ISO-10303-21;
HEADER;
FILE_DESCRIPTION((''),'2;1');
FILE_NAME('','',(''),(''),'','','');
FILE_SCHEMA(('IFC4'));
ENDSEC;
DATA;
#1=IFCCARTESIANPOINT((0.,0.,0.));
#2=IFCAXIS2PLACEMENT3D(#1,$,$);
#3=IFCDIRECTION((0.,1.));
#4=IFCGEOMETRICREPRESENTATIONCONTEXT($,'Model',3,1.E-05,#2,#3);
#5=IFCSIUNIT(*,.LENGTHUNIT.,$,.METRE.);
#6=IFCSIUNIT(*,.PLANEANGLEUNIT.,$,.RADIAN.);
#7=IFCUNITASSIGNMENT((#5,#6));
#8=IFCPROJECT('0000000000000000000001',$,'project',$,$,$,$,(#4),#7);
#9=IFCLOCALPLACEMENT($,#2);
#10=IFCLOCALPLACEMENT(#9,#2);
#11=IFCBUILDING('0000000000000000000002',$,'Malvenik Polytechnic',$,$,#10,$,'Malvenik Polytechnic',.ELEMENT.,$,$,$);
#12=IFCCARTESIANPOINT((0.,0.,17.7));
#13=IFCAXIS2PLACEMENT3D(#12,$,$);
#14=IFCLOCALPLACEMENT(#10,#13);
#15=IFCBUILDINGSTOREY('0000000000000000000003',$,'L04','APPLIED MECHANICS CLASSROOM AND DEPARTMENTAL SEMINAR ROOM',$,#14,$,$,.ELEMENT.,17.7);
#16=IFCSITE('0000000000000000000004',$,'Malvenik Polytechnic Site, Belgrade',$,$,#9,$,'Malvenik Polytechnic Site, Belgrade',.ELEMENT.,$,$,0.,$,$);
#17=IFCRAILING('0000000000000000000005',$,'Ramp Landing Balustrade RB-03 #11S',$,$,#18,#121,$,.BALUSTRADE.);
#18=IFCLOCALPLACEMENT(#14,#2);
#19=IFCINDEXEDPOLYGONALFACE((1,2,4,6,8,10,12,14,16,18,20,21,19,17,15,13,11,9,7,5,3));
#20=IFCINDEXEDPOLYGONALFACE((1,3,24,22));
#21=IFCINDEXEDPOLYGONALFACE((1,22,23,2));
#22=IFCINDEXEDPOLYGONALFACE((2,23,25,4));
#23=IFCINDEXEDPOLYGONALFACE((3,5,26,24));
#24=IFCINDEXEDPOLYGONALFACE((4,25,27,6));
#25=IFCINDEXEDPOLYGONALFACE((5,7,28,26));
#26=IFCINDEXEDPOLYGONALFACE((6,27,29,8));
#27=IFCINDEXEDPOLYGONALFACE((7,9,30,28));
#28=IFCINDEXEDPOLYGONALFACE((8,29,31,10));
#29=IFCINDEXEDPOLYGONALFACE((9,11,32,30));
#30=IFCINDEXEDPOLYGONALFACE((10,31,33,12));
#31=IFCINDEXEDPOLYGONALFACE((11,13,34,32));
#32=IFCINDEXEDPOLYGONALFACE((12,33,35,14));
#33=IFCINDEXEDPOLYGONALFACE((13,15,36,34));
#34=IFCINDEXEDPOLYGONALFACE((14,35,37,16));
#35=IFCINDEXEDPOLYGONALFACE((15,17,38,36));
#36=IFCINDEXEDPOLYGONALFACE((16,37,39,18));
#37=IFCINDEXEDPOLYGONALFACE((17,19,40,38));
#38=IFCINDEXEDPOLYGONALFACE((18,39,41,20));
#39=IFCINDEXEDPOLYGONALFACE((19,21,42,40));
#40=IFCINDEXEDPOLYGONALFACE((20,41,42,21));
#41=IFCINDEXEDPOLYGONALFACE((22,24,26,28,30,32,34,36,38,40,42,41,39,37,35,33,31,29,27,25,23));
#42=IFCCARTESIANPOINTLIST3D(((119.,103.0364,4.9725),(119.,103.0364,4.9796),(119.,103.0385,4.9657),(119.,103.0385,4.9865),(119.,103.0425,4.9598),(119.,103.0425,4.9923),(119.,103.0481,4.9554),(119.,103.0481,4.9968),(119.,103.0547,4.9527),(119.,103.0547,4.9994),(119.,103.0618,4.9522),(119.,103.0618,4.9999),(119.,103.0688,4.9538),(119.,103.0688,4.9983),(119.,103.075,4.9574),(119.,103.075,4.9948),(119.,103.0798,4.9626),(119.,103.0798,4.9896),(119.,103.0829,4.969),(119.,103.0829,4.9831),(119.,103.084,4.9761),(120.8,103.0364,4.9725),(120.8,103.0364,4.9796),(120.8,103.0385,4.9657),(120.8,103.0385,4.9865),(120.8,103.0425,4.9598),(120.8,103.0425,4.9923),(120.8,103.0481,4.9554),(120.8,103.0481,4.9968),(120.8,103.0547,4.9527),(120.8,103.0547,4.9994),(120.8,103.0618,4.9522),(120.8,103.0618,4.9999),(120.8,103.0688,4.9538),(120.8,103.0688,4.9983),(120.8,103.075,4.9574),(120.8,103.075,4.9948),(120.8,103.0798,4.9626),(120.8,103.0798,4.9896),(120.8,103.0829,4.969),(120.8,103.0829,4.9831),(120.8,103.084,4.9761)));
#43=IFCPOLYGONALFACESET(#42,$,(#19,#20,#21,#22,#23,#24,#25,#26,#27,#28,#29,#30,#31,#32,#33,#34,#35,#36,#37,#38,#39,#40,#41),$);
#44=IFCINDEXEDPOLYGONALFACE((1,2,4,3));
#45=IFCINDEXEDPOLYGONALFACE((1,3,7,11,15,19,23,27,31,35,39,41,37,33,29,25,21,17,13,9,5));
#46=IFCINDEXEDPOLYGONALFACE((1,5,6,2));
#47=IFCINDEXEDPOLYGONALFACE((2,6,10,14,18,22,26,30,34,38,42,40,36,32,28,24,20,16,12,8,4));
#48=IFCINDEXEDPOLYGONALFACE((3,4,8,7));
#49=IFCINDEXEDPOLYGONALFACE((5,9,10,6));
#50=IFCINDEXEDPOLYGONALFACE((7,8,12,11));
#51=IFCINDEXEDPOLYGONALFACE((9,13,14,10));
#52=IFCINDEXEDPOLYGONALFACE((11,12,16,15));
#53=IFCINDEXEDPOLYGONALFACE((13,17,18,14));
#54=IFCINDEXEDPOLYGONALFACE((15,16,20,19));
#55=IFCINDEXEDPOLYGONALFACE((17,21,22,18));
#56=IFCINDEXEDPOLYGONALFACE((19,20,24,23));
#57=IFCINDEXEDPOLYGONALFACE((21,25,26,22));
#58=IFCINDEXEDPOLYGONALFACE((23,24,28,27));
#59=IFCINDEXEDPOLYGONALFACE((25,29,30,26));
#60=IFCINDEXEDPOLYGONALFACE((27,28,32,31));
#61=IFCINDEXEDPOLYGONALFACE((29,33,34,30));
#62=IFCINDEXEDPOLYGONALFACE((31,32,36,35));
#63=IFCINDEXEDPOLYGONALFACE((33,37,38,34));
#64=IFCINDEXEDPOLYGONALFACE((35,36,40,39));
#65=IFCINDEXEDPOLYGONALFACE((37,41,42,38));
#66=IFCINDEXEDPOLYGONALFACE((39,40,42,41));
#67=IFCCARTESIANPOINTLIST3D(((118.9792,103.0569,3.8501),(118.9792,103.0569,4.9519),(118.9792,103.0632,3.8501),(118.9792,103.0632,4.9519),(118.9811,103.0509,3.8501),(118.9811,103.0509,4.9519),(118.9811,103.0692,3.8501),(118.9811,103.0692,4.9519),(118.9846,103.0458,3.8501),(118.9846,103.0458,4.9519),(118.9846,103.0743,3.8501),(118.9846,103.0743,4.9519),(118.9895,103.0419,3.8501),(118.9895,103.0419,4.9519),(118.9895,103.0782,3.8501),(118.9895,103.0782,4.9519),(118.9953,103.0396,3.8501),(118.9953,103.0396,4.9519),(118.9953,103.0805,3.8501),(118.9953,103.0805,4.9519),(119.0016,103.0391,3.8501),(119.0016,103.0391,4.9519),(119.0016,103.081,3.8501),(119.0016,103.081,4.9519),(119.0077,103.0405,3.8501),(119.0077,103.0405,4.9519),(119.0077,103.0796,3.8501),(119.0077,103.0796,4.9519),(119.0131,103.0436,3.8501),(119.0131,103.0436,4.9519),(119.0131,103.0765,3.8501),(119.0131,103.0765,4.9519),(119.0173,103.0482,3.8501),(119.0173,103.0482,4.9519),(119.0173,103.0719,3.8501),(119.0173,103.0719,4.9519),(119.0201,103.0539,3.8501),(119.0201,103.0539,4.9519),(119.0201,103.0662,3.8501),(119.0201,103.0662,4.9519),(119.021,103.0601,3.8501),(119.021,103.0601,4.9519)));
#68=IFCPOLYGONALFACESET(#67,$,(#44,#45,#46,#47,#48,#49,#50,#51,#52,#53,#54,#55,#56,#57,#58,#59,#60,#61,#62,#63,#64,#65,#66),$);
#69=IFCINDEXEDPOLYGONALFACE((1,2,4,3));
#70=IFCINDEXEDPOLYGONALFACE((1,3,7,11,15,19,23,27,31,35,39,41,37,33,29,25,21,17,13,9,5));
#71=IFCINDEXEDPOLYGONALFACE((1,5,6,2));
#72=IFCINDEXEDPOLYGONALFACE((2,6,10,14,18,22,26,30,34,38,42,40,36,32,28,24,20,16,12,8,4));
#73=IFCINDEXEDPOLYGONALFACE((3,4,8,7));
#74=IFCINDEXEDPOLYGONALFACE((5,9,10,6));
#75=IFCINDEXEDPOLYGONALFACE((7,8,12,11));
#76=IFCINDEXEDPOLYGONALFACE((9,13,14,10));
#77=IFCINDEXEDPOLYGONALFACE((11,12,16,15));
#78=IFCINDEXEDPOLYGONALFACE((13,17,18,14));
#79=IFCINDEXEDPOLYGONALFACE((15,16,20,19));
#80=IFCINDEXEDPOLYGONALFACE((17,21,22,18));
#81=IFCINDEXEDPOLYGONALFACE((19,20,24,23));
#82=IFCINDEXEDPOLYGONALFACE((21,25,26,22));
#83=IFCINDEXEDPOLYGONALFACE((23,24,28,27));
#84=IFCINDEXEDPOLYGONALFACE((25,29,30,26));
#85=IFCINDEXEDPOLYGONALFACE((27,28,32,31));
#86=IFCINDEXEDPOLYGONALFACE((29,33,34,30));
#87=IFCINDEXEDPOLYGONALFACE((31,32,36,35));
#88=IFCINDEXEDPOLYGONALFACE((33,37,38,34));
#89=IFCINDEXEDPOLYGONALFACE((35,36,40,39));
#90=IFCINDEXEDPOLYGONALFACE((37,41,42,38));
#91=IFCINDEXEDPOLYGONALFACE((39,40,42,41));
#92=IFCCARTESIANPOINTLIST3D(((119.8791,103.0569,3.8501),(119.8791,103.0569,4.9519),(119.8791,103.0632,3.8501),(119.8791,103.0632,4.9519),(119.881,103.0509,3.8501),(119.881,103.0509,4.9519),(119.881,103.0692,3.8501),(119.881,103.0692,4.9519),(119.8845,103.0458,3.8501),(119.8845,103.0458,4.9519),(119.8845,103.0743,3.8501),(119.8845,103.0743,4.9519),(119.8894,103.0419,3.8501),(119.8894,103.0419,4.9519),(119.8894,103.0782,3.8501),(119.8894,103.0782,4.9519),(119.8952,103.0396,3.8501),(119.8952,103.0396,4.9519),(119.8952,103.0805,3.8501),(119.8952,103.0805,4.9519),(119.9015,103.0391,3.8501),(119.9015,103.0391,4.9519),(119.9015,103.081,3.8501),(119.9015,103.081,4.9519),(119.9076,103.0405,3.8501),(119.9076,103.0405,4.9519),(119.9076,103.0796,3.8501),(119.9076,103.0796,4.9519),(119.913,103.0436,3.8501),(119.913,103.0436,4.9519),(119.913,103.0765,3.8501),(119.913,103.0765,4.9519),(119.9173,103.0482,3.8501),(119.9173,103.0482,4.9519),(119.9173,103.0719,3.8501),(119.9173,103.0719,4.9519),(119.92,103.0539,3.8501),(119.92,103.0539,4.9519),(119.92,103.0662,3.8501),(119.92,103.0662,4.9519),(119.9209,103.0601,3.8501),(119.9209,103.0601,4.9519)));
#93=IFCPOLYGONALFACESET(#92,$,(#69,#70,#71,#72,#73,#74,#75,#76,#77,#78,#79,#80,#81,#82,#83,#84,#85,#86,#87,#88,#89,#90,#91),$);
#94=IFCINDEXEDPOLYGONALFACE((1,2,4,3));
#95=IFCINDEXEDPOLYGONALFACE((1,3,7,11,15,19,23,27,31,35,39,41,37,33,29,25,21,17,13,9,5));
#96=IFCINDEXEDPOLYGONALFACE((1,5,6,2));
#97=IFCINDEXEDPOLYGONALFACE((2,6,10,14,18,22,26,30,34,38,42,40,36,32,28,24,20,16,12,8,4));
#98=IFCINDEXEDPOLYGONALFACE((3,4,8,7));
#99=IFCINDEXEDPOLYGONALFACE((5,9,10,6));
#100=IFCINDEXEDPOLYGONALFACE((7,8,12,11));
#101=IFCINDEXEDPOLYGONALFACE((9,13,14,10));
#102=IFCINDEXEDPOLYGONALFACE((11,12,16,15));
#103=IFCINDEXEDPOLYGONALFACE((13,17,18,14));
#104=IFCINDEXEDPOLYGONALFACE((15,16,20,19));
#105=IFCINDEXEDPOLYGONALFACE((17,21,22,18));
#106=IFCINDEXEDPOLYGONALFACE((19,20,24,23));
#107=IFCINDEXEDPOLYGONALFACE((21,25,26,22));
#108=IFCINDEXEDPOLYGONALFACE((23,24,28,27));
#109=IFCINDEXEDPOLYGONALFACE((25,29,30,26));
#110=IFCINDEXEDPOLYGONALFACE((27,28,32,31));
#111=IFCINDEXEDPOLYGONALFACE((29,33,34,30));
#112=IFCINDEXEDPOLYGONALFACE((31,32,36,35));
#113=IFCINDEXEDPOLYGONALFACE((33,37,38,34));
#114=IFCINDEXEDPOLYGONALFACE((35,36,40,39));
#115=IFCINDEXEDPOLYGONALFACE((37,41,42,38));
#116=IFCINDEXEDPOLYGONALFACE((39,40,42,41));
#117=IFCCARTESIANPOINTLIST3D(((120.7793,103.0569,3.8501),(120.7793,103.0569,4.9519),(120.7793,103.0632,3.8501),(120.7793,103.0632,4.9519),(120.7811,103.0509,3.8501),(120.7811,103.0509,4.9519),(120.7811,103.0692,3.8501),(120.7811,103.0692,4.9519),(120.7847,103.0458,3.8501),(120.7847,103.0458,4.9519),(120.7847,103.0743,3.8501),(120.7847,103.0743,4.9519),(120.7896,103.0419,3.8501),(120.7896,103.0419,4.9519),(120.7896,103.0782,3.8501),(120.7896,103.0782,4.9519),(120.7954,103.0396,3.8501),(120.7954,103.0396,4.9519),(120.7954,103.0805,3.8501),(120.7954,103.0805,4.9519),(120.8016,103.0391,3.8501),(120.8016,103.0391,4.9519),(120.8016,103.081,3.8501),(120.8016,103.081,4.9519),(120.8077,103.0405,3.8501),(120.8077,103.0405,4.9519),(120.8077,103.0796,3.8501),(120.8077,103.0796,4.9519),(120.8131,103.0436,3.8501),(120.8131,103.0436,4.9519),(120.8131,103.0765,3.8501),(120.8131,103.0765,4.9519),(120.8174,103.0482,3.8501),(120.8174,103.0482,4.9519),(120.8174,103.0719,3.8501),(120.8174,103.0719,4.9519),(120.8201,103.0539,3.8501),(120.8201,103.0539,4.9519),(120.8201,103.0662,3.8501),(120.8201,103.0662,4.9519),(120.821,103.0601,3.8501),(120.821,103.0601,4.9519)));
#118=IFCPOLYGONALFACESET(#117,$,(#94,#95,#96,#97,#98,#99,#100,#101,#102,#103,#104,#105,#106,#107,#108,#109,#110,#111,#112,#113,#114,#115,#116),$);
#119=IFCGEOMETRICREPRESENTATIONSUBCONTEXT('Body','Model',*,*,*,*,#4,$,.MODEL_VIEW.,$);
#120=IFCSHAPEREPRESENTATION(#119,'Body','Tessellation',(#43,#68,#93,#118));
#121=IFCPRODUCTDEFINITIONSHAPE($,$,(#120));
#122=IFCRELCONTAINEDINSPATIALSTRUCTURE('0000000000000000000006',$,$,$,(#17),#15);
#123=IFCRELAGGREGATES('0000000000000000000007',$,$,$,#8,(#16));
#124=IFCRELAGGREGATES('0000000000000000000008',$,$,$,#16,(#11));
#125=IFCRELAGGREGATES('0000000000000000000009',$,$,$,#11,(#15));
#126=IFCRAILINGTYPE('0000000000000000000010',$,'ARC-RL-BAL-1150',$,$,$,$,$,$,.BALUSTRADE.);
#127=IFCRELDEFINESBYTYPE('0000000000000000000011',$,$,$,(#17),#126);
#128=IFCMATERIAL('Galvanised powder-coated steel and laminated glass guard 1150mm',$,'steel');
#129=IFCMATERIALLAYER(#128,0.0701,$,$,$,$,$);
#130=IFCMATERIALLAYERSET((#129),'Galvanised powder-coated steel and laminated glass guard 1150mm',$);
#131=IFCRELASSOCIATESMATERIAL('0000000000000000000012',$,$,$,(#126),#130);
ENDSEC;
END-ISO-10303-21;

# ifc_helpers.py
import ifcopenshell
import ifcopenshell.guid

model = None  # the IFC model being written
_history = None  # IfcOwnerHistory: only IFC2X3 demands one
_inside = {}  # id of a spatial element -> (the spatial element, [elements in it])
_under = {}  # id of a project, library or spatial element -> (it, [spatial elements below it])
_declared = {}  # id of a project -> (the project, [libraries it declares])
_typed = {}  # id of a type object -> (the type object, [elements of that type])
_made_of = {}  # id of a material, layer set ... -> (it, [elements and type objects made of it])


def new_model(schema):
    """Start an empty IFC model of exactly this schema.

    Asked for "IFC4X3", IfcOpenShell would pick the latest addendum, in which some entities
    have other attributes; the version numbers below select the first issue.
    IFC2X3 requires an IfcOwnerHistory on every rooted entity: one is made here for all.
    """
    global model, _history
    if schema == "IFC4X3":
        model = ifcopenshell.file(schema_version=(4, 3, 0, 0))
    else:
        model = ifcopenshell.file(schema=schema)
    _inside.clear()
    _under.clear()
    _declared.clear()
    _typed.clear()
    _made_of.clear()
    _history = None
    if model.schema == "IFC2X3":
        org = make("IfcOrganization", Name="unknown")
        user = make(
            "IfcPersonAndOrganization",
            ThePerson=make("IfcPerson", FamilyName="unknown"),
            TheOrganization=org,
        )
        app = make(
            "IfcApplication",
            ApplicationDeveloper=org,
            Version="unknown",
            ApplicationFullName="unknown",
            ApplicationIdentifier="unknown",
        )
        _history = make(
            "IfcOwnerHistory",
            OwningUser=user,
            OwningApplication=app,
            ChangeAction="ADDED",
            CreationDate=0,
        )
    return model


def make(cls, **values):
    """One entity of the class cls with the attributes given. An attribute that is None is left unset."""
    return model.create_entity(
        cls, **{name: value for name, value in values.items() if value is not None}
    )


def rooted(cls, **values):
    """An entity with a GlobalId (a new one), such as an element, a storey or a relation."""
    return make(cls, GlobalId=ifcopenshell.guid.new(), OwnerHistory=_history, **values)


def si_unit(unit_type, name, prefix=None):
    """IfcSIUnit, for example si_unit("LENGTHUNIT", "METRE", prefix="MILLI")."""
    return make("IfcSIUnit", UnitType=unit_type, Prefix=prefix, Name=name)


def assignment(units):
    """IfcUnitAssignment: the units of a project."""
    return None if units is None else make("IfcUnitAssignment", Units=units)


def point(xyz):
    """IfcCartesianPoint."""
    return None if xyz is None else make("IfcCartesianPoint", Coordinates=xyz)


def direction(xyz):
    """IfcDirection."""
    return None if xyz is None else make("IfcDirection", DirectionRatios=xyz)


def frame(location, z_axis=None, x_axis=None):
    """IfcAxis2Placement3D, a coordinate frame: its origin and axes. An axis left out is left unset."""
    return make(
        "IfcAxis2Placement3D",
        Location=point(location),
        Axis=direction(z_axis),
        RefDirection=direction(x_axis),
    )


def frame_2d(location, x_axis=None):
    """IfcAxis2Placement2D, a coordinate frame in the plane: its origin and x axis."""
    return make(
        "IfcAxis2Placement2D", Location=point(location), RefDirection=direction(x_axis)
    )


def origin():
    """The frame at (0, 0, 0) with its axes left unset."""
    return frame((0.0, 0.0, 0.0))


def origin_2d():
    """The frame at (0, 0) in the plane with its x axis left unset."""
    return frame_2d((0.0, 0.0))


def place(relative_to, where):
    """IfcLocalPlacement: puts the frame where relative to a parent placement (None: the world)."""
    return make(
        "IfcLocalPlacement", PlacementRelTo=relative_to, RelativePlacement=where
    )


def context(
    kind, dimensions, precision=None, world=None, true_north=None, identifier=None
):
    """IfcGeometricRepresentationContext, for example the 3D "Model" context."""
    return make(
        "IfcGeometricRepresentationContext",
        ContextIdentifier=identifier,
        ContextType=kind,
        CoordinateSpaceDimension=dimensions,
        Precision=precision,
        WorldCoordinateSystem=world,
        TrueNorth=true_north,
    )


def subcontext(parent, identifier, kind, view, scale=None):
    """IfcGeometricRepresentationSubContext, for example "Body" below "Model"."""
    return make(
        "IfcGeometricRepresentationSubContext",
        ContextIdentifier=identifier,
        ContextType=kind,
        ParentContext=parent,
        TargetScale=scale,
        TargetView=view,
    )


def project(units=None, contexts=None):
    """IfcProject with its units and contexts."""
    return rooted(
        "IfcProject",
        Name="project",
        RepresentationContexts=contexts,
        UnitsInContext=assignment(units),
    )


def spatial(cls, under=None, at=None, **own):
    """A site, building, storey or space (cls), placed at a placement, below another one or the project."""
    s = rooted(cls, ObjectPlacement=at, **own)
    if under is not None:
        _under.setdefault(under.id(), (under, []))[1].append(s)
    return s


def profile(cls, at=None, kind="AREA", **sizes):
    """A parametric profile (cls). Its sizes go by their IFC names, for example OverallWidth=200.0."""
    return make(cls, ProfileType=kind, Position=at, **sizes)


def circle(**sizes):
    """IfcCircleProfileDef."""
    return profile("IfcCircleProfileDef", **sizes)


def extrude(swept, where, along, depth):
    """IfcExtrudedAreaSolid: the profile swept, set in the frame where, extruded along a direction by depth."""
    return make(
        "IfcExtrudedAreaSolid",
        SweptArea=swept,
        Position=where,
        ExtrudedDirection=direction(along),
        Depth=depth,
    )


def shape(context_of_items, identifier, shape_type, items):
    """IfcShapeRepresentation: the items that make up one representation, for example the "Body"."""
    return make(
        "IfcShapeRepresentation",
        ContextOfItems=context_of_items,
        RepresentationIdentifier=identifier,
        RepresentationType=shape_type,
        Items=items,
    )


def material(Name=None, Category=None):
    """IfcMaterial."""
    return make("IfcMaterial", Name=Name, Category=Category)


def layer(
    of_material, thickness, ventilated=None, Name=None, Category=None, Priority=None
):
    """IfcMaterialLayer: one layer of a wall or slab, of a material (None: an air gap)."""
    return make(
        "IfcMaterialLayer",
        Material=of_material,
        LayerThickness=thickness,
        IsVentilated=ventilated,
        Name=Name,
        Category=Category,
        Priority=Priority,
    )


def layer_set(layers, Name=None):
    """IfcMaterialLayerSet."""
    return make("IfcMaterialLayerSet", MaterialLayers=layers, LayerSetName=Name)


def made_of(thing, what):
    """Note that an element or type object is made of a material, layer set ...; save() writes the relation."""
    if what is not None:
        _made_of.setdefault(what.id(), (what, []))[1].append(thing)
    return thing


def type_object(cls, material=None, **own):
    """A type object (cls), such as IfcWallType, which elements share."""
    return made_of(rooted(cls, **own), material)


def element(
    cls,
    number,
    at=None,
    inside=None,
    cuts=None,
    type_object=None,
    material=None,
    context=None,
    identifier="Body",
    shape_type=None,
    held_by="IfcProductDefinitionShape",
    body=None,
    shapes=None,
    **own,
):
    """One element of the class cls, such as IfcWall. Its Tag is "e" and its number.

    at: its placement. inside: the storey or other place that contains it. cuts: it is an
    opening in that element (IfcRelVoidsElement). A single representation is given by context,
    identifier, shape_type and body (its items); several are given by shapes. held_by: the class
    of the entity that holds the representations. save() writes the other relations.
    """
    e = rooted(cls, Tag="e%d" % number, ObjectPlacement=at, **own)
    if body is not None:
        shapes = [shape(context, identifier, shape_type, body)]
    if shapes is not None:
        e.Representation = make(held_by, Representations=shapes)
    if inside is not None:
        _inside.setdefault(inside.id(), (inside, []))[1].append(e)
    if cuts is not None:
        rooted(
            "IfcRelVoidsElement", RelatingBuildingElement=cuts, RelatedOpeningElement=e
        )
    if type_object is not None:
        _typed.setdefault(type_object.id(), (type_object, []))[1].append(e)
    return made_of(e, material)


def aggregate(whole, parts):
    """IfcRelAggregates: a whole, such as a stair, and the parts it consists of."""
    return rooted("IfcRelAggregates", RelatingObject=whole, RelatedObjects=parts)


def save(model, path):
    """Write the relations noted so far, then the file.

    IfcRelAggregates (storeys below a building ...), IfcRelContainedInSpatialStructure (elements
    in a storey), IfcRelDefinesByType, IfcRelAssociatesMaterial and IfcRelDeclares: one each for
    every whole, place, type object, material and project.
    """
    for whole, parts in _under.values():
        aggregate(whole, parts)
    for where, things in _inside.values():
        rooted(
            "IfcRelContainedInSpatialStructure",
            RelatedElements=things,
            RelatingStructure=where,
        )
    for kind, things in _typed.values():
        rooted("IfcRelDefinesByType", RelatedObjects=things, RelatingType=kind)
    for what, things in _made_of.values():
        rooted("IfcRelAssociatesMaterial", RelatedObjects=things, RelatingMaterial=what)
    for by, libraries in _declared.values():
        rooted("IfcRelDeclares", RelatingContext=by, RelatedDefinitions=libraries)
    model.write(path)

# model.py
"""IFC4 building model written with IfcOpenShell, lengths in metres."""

from ifc_helpers import new_model, si_unit, direction, frame, origin, origin_2d, place, context, subcontext, project, spatial, circle, extrude, material, layer, layer_set, type_object, element, save


model = new_model("IFC4")

# Units and contexts
model_context = context("Model", 3, precision=1e-05, world=origin(), true_north=direction((0.0, 1.0)))
body_context = subcontext(model_context, "Body", "Model", "MODEL_VIEW")
ifc_project = project(units=[si_unit("LENGTHUNIT", "METRE"), si_unit("PLANEANGLEUNIT", "RADIAN")], contexts=[model_context])

# Site, building, storey
site_placement = place(None, origin())
site = spatial("IfcSite", under=ifc_project, at=site_placement, Name="Malvenik Polytechnic Site, Belgrade", LongName="Malvenik Polytechnic Site, Belgrade", CompositionType="ELEMENT", RefElevation=0.0)
building_placement = place(site_placement, origin())
building = spatial("IfcBuilding", under=site, at=building_placement, Name="Malvenik Polytechnic", LongName="Malvenik Polytechnic", CompositionType="ELEMENT")
storey_placement = place(building_placement, frame((0.0, 0.0, 17.7)))
storey = spatial("IfcBuildingStorey", under=building, at=storey_placement, Name="L04", Description="APPLIED MECHANICS CLASSROOM AND DEPARTMENTAL SEMINAR ROOM", CompositionType="ELEMENT", Elevation=17.7)

# Railing
ifc_material_1 = material(Name="Galvanised powder-coated steel and laminated glass guard 1150mm", Category="steel")
ifc_layer_1 = layer(ifc_material_1, 0.0701)
ifc_layer_set_1 = layer_set([ifc_layer_1], Name="Galvanised powder-coated steel and laminated glass guard 1150mm")
railing_type_1 = type_object("IfcRailingType", Name="ARC-RL-BAL-1150", PredefinedType="BALUSTRADE", material=ifc_layer_set_1)
railing_1_placement = place(storey_placement, frame((119.0, 103.0601, 3.8501)))
element("IfcRailing", 1, at=railing_1_placement, inside=storey, type_object=railing_type_1, Name="Ramp Landing Balustrade RB-03 #11S", PredefinedType="BALUSTRADE", context=body_context, shape_type="SweptSolid", body=[
    extrude(circle(Radius=0.0239, at=origin_2d()), frame((0.0, 0.0, 1.126), z_axis=(1.0, 0.0, 0.0), x_axis=(0.0, 1.0, 0.0)), (0.0, 0.0, 1.0), 1.8),
    extrude(circle(Radius=0.021, at=origin_2d()), origin(), (0.0, 0.0, 1.0), 1.1018),
    extrude(circle(Radius=0.021, at=origin_2d()), frame((0.8999, 0.0, 0.0)), (0.0, 0.0, 1.0), 1.1018),
    extrude(circle(Radius=0.021, at=origin_2d()), frame((1.8, 0.0, 0.0)), (0.0, 0.0, 1.0), 1.1018),
])

save(model, "model.ifc")
